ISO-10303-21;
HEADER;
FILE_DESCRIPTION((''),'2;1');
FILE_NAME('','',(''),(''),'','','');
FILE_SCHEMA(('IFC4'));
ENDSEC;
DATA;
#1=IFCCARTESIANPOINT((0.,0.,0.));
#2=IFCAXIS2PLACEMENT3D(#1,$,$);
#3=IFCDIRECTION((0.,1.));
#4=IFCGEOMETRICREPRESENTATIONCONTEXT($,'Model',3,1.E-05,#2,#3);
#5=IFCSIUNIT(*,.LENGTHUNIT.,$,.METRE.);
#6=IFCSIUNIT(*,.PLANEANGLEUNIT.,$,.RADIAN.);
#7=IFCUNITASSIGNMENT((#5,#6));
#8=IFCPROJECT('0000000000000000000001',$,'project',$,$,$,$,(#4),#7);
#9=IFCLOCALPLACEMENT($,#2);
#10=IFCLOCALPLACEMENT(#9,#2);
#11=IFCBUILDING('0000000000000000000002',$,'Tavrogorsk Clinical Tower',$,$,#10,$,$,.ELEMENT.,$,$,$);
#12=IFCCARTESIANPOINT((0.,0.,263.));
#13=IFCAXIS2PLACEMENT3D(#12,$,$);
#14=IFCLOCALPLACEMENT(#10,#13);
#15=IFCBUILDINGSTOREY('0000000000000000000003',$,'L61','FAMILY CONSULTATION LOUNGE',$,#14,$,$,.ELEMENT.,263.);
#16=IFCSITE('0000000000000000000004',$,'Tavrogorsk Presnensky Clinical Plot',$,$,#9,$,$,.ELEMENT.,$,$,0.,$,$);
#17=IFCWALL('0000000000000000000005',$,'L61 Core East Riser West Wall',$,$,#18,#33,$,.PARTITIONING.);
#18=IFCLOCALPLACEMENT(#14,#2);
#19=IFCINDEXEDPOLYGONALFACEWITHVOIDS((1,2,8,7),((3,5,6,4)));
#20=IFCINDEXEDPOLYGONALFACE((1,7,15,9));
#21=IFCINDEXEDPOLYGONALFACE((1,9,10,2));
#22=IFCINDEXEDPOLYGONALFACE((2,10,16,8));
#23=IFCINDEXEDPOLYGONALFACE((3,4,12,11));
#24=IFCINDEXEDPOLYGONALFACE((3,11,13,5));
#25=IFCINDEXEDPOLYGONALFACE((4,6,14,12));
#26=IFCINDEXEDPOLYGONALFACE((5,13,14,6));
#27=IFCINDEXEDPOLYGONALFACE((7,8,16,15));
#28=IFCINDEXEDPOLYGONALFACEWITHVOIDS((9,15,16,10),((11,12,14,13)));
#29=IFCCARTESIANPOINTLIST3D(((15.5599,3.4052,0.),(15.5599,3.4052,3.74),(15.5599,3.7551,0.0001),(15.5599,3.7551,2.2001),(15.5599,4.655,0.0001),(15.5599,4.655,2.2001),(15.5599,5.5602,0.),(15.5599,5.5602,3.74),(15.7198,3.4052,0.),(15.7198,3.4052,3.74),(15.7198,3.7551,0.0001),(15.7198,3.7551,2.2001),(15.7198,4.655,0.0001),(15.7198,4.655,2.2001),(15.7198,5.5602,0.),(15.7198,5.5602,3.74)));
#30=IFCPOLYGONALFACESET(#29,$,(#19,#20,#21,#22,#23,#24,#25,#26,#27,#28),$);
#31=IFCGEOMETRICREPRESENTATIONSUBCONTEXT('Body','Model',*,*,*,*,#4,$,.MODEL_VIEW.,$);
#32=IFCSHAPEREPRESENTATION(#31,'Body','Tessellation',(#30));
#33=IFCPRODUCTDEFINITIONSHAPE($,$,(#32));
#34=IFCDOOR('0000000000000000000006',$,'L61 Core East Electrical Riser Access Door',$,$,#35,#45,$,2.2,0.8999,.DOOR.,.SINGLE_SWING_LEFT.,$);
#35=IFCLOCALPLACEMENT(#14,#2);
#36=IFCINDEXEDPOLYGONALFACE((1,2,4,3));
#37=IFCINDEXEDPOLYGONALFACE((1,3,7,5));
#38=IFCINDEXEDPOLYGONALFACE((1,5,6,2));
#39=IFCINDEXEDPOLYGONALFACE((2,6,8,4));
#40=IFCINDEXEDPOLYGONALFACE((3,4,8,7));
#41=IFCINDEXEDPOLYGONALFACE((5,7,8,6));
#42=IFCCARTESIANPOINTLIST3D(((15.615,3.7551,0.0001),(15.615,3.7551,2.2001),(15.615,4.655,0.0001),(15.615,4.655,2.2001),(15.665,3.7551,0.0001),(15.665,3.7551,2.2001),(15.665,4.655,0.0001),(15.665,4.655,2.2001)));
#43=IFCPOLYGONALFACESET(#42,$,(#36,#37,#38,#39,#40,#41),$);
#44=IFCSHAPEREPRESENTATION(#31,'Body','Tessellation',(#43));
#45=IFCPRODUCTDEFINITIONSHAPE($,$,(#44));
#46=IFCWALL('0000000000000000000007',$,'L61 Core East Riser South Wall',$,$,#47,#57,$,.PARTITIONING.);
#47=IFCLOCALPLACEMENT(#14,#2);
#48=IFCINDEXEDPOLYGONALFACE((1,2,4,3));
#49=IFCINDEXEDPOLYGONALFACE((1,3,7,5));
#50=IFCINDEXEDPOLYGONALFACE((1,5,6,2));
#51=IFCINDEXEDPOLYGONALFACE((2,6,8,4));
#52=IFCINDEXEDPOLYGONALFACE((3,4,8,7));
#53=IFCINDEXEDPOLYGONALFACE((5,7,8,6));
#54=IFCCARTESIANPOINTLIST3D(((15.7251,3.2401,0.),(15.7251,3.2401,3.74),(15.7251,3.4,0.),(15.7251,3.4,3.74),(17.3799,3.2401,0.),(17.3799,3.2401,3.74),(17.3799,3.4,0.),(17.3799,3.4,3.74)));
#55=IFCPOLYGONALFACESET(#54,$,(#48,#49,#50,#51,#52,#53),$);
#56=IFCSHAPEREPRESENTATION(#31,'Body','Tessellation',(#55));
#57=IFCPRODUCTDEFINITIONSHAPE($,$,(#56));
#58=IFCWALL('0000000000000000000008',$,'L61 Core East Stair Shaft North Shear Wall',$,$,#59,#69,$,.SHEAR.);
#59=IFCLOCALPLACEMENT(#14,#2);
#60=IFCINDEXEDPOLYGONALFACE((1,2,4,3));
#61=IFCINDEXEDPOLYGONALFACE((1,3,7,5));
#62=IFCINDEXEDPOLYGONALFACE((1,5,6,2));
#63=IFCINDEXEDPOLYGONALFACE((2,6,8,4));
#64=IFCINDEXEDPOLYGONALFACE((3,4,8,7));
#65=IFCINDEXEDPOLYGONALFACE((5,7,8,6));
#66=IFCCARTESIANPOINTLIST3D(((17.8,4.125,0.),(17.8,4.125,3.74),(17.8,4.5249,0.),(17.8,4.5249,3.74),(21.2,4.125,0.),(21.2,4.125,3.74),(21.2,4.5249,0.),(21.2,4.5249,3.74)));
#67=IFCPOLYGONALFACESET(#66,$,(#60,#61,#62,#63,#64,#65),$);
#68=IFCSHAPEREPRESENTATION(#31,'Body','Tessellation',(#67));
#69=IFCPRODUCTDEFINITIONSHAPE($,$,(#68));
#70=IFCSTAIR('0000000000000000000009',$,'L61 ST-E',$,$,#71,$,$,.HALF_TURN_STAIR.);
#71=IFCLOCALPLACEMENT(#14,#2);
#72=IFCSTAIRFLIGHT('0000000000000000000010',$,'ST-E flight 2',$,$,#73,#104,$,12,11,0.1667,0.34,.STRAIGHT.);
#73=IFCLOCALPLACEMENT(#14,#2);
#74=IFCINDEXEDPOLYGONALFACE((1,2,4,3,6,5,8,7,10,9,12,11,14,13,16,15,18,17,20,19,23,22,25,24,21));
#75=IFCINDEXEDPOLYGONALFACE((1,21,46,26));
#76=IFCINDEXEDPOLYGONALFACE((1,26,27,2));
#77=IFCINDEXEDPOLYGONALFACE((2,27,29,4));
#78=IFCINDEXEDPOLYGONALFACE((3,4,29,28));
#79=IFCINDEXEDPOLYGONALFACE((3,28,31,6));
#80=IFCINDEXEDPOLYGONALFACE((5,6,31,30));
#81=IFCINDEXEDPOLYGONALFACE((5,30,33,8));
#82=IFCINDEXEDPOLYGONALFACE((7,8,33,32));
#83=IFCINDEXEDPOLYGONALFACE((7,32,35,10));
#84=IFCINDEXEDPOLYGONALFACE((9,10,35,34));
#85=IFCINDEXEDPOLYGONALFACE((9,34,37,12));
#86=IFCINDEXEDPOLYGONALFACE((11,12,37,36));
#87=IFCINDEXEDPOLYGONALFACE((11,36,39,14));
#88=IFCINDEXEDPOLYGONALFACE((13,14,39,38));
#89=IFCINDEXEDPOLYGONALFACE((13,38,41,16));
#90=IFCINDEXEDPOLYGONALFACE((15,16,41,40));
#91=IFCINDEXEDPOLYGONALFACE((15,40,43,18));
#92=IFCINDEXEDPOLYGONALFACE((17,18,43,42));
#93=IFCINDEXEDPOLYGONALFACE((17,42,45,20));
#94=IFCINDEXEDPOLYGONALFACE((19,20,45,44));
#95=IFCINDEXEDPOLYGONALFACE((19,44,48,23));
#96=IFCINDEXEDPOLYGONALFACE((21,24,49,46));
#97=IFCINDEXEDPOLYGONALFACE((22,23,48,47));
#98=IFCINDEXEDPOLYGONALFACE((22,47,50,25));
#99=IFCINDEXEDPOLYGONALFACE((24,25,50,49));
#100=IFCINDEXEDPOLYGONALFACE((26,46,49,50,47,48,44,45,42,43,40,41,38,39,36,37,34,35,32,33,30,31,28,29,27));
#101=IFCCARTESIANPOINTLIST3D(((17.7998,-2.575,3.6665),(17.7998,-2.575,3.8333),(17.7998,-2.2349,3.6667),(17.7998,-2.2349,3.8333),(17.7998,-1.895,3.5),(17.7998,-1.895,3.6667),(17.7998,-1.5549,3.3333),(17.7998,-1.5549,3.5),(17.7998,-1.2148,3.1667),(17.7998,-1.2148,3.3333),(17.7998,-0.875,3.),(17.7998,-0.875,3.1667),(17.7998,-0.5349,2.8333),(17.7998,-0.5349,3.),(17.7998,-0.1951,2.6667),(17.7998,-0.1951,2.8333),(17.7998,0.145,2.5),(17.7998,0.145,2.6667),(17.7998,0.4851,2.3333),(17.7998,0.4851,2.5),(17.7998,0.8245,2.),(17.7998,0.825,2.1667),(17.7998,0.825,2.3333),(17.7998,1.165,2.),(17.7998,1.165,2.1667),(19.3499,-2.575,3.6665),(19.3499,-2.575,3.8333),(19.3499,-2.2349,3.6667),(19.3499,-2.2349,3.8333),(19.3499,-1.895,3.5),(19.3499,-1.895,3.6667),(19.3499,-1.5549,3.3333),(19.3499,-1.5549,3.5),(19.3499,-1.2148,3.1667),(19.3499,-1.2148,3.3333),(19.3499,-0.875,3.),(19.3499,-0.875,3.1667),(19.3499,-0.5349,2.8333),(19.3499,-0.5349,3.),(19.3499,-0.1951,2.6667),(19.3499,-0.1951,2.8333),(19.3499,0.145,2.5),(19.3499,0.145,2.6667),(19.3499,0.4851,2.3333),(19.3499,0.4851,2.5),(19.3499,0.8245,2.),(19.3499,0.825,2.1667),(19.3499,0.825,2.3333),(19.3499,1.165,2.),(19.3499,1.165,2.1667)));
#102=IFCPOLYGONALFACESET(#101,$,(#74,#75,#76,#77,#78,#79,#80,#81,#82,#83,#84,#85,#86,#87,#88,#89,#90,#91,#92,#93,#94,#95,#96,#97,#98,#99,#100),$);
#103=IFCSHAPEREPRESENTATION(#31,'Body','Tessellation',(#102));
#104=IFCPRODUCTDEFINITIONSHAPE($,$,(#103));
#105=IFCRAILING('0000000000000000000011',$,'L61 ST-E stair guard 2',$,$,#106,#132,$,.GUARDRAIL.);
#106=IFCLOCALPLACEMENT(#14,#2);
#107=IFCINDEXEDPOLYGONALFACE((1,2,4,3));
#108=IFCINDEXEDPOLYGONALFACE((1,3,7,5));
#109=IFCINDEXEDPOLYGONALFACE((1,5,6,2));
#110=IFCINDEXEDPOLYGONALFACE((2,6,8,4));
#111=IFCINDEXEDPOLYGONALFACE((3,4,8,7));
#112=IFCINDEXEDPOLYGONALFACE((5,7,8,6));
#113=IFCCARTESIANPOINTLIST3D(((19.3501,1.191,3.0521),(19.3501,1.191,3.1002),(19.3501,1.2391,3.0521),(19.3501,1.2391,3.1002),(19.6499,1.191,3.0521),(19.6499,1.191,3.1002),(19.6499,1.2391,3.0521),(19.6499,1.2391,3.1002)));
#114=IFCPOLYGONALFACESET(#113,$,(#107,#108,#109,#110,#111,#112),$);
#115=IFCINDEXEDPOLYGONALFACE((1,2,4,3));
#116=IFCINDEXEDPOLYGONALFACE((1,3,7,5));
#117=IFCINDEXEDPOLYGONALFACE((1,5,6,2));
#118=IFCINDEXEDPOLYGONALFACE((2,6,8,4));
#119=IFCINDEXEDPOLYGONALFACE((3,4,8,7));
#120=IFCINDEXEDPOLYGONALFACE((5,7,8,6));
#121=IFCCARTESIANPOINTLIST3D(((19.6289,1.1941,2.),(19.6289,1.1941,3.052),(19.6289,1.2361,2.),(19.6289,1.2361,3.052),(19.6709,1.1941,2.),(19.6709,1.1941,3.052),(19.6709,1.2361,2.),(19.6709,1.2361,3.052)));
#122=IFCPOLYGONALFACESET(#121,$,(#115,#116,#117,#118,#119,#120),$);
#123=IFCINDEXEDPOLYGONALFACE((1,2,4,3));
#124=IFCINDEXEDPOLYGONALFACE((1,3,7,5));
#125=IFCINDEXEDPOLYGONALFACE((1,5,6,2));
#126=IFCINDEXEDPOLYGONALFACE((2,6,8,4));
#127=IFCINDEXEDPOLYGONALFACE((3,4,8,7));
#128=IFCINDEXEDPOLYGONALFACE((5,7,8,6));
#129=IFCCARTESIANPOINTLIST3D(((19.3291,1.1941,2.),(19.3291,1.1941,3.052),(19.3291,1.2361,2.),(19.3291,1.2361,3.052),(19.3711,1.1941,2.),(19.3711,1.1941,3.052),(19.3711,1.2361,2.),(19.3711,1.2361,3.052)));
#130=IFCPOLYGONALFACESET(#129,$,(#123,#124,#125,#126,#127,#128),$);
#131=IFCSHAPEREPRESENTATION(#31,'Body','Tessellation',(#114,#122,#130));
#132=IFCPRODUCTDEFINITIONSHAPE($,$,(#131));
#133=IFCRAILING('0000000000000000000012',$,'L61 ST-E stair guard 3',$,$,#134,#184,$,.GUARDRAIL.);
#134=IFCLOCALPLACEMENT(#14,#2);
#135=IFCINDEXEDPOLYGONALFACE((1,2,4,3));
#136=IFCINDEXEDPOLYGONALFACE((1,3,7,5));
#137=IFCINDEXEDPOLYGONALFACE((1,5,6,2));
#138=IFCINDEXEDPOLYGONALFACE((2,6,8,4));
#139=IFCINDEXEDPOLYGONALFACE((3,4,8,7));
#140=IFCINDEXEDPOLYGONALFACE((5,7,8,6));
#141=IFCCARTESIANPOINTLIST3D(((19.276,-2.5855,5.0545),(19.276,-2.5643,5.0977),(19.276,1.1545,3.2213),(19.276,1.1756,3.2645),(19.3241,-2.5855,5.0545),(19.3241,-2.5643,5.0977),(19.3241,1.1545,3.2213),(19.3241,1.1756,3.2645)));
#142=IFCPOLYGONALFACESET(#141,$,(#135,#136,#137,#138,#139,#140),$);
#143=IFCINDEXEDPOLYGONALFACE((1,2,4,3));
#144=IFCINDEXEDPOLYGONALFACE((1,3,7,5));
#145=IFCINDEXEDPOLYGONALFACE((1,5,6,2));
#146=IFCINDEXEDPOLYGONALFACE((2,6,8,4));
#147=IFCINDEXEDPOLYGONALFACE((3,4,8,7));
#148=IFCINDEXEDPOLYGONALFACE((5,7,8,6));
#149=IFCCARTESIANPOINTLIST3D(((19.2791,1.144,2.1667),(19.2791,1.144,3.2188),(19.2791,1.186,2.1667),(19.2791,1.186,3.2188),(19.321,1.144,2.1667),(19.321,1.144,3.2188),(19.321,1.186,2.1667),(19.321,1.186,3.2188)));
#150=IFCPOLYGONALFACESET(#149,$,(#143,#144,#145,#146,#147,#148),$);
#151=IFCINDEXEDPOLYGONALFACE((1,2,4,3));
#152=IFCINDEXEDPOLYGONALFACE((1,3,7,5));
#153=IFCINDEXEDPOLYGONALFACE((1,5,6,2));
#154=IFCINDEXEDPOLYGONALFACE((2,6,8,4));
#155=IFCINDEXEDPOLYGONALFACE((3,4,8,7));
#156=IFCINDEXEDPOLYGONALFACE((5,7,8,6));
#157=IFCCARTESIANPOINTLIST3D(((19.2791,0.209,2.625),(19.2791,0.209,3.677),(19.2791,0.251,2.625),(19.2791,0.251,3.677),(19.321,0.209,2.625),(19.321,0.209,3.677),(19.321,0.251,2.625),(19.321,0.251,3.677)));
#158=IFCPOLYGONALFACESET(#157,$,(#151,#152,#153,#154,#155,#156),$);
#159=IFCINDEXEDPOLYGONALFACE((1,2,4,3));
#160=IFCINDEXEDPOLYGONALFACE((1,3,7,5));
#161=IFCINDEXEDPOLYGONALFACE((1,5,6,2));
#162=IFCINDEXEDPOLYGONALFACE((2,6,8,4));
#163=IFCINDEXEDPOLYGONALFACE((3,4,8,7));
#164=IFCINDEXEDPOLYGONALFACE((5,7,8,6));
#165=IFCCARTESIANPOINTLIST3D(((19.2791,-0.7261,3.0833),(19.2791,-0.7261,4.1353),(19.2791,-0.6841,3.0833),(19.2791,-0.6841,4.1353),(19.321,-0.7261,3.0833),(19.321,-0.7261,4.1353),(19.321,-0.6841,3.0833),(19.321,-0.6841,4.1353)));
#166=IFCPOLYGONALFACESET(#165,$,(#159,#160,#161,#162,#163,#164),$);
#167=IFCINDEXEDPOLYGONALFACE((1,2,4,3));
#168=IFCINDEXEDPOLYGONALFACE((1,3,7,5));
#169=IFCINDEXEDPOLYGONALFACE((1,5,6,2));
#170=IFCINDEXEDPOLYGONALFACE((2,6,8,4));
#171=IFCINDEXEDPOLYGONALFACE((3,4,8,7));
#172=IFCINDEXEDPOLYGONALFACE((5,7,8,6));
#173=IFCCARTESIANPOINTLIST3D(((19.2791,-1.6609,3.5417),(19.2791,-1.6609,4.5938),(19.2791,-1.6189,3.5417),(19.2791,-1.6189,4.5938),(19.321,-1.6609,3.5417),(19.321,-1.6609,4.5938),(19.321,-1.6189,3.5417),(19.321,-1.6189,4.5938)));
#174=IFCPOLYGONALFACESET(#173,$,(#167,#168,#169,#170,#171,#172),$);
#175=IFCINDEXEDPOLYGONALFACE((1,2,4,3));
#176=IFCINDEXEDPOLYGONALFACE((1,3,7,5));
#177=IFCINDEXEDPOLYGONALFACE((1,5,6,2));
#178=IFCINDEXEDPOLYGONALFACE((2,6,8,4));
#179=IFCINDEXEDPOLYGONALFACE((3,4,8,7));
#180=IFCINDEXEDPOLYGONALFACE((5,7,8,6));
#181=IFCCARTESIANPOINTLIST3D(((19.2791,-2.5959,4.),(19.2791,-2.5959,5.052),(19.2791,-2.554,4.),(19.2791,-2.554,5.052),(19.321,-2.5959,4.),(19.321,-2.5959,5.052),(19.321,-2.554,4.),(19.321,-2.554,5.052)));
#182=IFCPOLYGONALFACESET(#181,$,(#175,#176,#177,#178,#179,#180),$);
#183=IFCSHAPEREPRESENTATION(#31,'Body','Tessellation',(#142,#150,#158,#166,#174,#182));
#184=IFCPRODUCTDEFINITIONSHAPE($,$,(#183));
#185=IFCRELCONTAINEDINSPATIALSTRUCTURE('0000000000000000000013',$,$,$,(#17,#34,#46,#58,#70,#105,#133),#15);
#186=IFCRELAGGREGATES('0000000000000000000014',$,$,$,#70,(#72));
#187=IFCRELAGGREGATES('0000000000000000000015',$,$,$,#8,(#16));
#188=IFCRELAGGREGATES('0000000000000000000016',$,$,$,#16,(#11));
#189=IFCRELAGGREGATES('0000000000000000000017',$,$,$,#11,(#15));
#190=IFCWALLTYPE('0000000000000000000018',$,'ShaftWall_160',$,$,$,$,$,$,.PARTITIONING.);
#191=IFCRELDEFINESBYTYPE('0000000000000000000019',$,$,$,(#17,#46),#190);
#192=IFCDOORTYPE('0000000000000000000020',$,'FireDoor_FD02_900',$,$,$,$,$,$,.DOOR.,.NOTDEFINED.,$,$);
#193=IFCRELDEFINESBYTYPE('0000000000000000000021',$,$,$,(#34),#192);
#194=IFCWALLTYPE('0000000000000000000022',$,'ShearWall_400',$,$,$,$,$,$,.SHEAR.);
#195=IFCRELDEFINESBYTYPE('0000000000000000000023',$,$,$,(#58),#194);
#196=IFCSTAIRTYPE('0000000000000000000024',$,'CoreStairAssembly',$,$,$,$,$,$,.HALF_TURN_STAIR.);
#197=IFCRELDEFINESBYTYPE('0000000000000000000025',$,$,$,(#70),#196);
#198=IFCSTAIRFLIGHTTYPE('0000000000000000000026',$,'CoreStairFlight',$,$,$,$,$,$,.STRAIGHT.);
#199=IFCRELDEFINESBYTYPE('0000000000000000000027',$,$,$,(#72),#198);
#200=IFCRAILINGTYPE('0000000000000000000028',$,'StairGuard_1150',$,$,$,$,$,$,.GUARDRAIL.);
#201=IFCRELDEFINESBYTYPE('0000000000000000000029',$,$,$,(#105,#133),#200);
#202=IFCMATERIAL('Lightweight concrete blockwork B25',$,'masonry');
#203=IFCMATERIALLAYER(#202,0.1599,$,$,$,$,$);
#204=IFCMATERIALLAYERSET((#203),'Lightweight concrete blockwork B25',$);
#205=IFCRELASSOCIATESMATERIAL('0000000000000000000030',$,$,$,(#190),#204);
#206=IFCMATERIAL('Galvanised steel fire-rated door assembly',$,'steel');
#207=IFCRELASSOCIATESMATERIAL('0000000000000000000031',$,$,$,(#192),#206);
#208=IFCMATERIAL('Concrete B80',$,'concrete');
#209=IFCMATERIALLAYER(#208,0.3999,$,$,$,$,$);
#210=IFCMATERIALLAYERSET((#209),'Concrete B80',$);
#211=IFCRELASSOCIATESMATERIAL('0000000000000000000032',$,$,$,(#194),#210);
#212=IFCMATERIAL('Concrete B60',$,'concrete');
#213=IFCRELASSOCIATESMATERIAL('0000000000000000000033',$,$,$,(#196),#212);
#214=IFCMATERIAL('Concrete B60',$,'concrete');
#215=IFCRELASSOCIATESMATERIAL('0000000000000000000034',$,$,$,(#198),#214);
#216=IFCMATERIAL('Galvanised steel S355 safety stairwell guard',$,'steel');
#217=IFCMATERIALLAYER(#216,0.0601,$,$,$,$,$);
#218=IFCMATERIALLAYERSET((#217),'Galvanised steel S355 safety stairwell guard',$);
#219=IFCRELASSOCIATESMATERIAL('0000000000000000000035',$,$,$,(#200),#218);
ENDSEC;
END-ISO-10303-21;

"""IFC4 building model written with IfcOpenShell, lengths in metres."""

from ifc_helpers import new_model, si_unit, direction, frame, frame_2d, origin, origin_2d, place, context, subcontext, project, spatial, polyline, rectangle, outline, extrude, material, layer, layer_set, type_object, element, fill, aggregate, save


model = new_model("IFC4")

# Units and contexts
model_context = context("Model", 3, precision=1e-05, world=origin(), true_north=direction((0.0, 1.0)))
body_context = subcontext(model_context, "Body", "Model", "MODEL_VIEW")
ifc_project = project(units=[si_unit("LENGTHUNIT", "METRE"), si_unit("PLANEANGLEUNIT", "RADIAN")], contexts=[model_context])

# Site, building, storey
site_placement = place(None, origin())
site = spatial("IfcSite", under=ifc_project, at=site_placement, Name="Tavrogorsk Presnensky Clinical Plot", CompositionType="ELEMENT", RefElevation=0.0)
building_placement = place(site_placement, origin())
building = spatial("IfcBuilding", under=site, at=building_placement, Name="Tavrogorsk Clinical Tower", CompositionType="ELEMENT")
storey_placement = place(building_placement, frame((0.0, 0.0, 263.0)))
storey = spatial("IfcBuildingStorey", under=building, at=storey_placement, Name="L61", Description="FAMILY CONSULTATION LOUNGE", CompositionType="ELEMENT", Elevation=263.0)

# Wall, opening, door
ifc_material_1 = material(Name="Lightweight concrete blockwork B25", Category="masonry")
ifc_layer_1 = layer(ifc_material_1, 0.1599)
ifc_layer_set_1 = layer_set([ifc_layer_1], Name="Lightweight concrete blockwork B25")
wall_type_1 = type_object("IfcWallType", Name="ShaftWall_160", PredefinedType="PARTITIONING", material=ifc_layer_set_1)
wall_1_placement = place(storey_placement, frame((15.6399, 3.405, 0.0), z_axis=(0.0, 0.0, 1.0), x_axis=(0.0, 1.0, 0.0)))
wall_1 = element("IfcWall", 1, at=wall_1_placement, inside=storey, type_object=wall_type_1, Name="L61 Core East Riser West Wall", PredefinedType="PARTITIONING", context=body_context, shape_type="SweptSolid", body=[
    extrude(rectangle(XDim=2.155, YDim=0.1599, at=frame_2d((1.0776, 0.0))), origin(), (0.0, 0.0, 1.0), 3.74),
])
opening_1_placement = place(wall_1_placement, frame((0.3501, 0.0, 0.0)))
opening_1 = element("IfcOpeningElement", 2, at=opening_1_placement, cuts=wall_1, PredefinedType="OPENING", context=body_context, shape_type="SweptSolid", body=[
    extrude(rectangle(XDim=0.8999, YDim=2.2, at=frame_2d((0.45, 1.1001))), frame((0.0, 0.0898, 0.0), z_axis=(0.0, -1.0, 0.0), x_axis=(1.0, 0.0, 0.0)), (0.0, 0.0, 1.0), 0.1799),
])
ifc_material_2 = material(Name="Galvanised steel fire-rated door assembly", Category="steel")
door_type_1 = type_object("IfcDoorType", Name="FireDoor_FD02_900", OperationType="NOTDEFINED", PredefinedType="DOOR", material=ifc_material_2)
door_1_placement = place(opening_1_placement, origin())
door_1 = element("IfcDoor", 3, at=door_1_placement, inside=storey, type_object=door_type_1, Name="L61 Core East Electrical Riser Access Door", OperationType="SINGLE_SWING_LEFT", OverallHeight=2.2, OverallWidth=0.8999, PredefinedType="DOOR", context=body_context, shape_type="SweptSolid", body=[
    extrude(rectangle(XDim=0.8999, YDim=2.2, at=frame_2d((0.45, 1.1001))), frame((0.0, 0.0249, 0.0), z_axis=(0.0, -1.0, 0.0), x_axis=(1.0, 0.0, 0.0)), (0.0, 0.0, 1.0), 0.05),
])
fill(opening_1, door_1)

# Walls
wall_2_placement = place(storey_placement, frame((15.7251, 3.3201, 0.0), z_axis=(0.0, 0.0, 1.0), x_axis=(1.0, 0.0, 0.0)))
element("IfcWall", 4, at=wall_2_placement, inside=storey, type_object=wall_type_1, Name="L61 Core East Riser South Wall", PredefinedType="PARTITIONING", context=body_context, shape_type="SweptSolid", body=[
    extrude(rectangle(XDim=1.6548, YDim=0.1599, at=frame_2d((0.8274, 0.0))), origin(), (0.0, 0.0, 1.0), 3.74),
])
ifc_material_3 = material(Name="Concrete B80", Category="concrete")
ifc_layer_2 = layer(ifc_material_3, 0.3999)
ifc_layer_set_2 = layer_set([ifc_layer_2], Name="Concrete B80")
wall_type_2 = type_object("IfcWallType", Name="ShearWall_400", PredefinedType="SHEAR", material=ifc_layer_set_2)
wall_3_placement = place(storey_placement, frame((17.8, 4.325, 0.0), z_axis=(0.0, 0.0, 1.0), x_axis=(1.0, 0.0, 0.0)))
element("IfcWall", 5, at=wall_3_placement, inside=storey, type_object=wall_type_2, Name="L61 Core East Stair Shaft North Shear Wall", PredefinedType="SHEAR", context=body_context, shape_type="SweptSolid", body=[
    extrude(rectangle(XDim=3.3999, YDim=0.3999, at=frame_2d((1.7, 0.0))), origin(), (0.0, 0.0, 1.0), 3.74),
])

# Stair, stair flight
ifc_material_4 = material(Name="Concrete B60", Category="concrete")
stair_type = type_object("IfcStairType", Name="CoreStairAssembly", PredefinedType="HALF_TURN_STAIR", material=ifc_material_4)
stair_placement = place(storey_placement, origin())
stair = element("IfcStair", 6, at=stair_placement, inside=storey, type_object=stair_type, Name="L61 ST-E", PredefinedType="HALF_TURN_STAIR")
ifc_material_5 = material(Name="Concrete B60", Category="concrete")
stair_flight_type = type_object("IfcStairFlightType", Name="CoreStairFlight", PredefinedType="STRAIGHT", material=ifc_material_5)
stair_flight_placement = place(storey_placement, frame((18.575, 1.165, 2.0), z_axis=(0.0, 0.0, 1.0), x_axis=(0.0, -1.0, 0.0)))
stair_flight = element("IfcStairFlight", 7, at=stair_flight_placement, type_object=stair_flight_type, Name="ST-E flight 2", NumberOfRisers=12, NumberOfTreads=11, PredefinedType="STRAIGHT", RiserHeight=0.1667, TreadLength=0.34, context=body_context, shape_type="SweptSolid", body=[
    extrude(outline(polyline([(0.0, 0.0), (0.0, 0.1667), (0.3401, 0.1667), (0.3401, 0.3333), (0.6799, 0.3333), (0.6799, 0.5), (1.02, 0.5), (1.02, 0.6667), (1.3601, 0.6667), (1.3601, 0.8333), (1.7, 0.8333), (1.7, 1.0), (2.04, 1.0), (2.04, 1.1667), (2.3799, 1.1667), (2.3799, 1.3333), (2.72, 1.3333), (2.72, 1.5), (3.0601, 1.5), (3.0601, 1.6667), (3.3999, 1.6667), (3.3999, 1.8333), (3.74, 1.8333), (3.74, 2.0), (3.74, 1.6665), (0.3406, 0.0), (0.0, 0.0)])), frame((0.0, 0.7749, 0.0), z_axis=(0.0, -1.0, 0.0), x_axis=(1.0, 0.0, 0.0)), (0.0, 0.0, 1.0), 1.55),
])
aggregate(stair, [stair_flight])

# Railings
ifc_material_6 = material(Name="Galvanised steel S355 safety stairwell guard", Category="steel")
ifc_layer_3 = layer(ifc_material_6, 0.0601)
ifc_layer_set_3 = layer_set([ifc_layer_3], Name="Galvanised steel S355 safety stairwell guard")
railing_type_1 = type_object("IfcRailingType", Name="StairGuard_1150", PredefinedType="GUARDRAIL", material=ifc_layer_set_3)
railing_1_placement = place(storey_placement, frame((19.6499, 1.2151, 2.0)))
element("IfcRailing", 8, at=railing_1_placement, inside=storey, type_object=railing_type_1, Name="L61 ST-E stair guard 2", PredefinedType="GUARDRAIL", context=body_context, shape_type="SweptSolid", body=[
    extrude(rectangle(XDim=0.0481, YDim=0.0481, at=origin_2d()), frame((0.0, 0.0, 1.0762), z_axis=(-1.0, 0.0, 0.0), x_axis=(0.0, -1.0, 0.0)), (0.0, 0.0, 1.0), 0.2998),
    extrude(rectangle(XDim=0.042, YDim=0.042, at=origin_2d()), origin(), (0.0, 0.0, 1.0), 1.052),
    extrude(rectangle(XDim=0.042, YDim=0.042, at=origin_2d()), frame((-0.2998, 0.0, 0.0)), (0.0, 0.0, 1.0), 1.052),
])
railing_2_placement = place(storey_placement, frame((19.3, 1.165, 2.1667)))
element("IfcRailing", 9, at=railing_2_placement, inside=storey, type_object=railing_type_1, Name="L61 ST-E stair guard 3", PredefinedType="GUARDRAIL", context=body_context, shape_type="SweptSolid", body=[
    extrude(rectangle(XDim=0.0481, YDim=0.0481, at=origin_2d()), frame((0.0, 0.0, 1.0762), z_axis=(0.0, -0.897928, 0.440142), x_axis=(1.0, 0.0, 0.0)), (0.0, 0.0, 1.0), 4.165),
    extrude(rectangle(XDim=0.042, YDim=0.042, at=origin_2d()), origin(), (0.0, 0.0, 1.0), 1.052),
    extrude(rectangle(XDim=0.042, YDim=0.042, at=origin_2d()), frame((0.0, -0.9351, 0.4583)), (0.0, 0.0, 1.0), 1.052),
    extrude(rectangle(XDim=0.042, YDim=0.042, at=origin_2d()), frame((0.0, -1.8701, 0.9165)), (0.0, 0.0, 1.0), 1.052),
    extrude(rectangle(XDim=0.042, YDim=0.042, at=origin_2d()), frame((0.0, -2.8049, 1.375)), (0.0, 0.0, 1.0), 1.052),
    extrude(rectangle(XDim=0.042, YDim=0.042, at=origin_2d()), frame((0.0, -3.74, 1.8333)), (0.0, 0.0, 1.0), 1.052),
])

save(model, "model.ifc")
